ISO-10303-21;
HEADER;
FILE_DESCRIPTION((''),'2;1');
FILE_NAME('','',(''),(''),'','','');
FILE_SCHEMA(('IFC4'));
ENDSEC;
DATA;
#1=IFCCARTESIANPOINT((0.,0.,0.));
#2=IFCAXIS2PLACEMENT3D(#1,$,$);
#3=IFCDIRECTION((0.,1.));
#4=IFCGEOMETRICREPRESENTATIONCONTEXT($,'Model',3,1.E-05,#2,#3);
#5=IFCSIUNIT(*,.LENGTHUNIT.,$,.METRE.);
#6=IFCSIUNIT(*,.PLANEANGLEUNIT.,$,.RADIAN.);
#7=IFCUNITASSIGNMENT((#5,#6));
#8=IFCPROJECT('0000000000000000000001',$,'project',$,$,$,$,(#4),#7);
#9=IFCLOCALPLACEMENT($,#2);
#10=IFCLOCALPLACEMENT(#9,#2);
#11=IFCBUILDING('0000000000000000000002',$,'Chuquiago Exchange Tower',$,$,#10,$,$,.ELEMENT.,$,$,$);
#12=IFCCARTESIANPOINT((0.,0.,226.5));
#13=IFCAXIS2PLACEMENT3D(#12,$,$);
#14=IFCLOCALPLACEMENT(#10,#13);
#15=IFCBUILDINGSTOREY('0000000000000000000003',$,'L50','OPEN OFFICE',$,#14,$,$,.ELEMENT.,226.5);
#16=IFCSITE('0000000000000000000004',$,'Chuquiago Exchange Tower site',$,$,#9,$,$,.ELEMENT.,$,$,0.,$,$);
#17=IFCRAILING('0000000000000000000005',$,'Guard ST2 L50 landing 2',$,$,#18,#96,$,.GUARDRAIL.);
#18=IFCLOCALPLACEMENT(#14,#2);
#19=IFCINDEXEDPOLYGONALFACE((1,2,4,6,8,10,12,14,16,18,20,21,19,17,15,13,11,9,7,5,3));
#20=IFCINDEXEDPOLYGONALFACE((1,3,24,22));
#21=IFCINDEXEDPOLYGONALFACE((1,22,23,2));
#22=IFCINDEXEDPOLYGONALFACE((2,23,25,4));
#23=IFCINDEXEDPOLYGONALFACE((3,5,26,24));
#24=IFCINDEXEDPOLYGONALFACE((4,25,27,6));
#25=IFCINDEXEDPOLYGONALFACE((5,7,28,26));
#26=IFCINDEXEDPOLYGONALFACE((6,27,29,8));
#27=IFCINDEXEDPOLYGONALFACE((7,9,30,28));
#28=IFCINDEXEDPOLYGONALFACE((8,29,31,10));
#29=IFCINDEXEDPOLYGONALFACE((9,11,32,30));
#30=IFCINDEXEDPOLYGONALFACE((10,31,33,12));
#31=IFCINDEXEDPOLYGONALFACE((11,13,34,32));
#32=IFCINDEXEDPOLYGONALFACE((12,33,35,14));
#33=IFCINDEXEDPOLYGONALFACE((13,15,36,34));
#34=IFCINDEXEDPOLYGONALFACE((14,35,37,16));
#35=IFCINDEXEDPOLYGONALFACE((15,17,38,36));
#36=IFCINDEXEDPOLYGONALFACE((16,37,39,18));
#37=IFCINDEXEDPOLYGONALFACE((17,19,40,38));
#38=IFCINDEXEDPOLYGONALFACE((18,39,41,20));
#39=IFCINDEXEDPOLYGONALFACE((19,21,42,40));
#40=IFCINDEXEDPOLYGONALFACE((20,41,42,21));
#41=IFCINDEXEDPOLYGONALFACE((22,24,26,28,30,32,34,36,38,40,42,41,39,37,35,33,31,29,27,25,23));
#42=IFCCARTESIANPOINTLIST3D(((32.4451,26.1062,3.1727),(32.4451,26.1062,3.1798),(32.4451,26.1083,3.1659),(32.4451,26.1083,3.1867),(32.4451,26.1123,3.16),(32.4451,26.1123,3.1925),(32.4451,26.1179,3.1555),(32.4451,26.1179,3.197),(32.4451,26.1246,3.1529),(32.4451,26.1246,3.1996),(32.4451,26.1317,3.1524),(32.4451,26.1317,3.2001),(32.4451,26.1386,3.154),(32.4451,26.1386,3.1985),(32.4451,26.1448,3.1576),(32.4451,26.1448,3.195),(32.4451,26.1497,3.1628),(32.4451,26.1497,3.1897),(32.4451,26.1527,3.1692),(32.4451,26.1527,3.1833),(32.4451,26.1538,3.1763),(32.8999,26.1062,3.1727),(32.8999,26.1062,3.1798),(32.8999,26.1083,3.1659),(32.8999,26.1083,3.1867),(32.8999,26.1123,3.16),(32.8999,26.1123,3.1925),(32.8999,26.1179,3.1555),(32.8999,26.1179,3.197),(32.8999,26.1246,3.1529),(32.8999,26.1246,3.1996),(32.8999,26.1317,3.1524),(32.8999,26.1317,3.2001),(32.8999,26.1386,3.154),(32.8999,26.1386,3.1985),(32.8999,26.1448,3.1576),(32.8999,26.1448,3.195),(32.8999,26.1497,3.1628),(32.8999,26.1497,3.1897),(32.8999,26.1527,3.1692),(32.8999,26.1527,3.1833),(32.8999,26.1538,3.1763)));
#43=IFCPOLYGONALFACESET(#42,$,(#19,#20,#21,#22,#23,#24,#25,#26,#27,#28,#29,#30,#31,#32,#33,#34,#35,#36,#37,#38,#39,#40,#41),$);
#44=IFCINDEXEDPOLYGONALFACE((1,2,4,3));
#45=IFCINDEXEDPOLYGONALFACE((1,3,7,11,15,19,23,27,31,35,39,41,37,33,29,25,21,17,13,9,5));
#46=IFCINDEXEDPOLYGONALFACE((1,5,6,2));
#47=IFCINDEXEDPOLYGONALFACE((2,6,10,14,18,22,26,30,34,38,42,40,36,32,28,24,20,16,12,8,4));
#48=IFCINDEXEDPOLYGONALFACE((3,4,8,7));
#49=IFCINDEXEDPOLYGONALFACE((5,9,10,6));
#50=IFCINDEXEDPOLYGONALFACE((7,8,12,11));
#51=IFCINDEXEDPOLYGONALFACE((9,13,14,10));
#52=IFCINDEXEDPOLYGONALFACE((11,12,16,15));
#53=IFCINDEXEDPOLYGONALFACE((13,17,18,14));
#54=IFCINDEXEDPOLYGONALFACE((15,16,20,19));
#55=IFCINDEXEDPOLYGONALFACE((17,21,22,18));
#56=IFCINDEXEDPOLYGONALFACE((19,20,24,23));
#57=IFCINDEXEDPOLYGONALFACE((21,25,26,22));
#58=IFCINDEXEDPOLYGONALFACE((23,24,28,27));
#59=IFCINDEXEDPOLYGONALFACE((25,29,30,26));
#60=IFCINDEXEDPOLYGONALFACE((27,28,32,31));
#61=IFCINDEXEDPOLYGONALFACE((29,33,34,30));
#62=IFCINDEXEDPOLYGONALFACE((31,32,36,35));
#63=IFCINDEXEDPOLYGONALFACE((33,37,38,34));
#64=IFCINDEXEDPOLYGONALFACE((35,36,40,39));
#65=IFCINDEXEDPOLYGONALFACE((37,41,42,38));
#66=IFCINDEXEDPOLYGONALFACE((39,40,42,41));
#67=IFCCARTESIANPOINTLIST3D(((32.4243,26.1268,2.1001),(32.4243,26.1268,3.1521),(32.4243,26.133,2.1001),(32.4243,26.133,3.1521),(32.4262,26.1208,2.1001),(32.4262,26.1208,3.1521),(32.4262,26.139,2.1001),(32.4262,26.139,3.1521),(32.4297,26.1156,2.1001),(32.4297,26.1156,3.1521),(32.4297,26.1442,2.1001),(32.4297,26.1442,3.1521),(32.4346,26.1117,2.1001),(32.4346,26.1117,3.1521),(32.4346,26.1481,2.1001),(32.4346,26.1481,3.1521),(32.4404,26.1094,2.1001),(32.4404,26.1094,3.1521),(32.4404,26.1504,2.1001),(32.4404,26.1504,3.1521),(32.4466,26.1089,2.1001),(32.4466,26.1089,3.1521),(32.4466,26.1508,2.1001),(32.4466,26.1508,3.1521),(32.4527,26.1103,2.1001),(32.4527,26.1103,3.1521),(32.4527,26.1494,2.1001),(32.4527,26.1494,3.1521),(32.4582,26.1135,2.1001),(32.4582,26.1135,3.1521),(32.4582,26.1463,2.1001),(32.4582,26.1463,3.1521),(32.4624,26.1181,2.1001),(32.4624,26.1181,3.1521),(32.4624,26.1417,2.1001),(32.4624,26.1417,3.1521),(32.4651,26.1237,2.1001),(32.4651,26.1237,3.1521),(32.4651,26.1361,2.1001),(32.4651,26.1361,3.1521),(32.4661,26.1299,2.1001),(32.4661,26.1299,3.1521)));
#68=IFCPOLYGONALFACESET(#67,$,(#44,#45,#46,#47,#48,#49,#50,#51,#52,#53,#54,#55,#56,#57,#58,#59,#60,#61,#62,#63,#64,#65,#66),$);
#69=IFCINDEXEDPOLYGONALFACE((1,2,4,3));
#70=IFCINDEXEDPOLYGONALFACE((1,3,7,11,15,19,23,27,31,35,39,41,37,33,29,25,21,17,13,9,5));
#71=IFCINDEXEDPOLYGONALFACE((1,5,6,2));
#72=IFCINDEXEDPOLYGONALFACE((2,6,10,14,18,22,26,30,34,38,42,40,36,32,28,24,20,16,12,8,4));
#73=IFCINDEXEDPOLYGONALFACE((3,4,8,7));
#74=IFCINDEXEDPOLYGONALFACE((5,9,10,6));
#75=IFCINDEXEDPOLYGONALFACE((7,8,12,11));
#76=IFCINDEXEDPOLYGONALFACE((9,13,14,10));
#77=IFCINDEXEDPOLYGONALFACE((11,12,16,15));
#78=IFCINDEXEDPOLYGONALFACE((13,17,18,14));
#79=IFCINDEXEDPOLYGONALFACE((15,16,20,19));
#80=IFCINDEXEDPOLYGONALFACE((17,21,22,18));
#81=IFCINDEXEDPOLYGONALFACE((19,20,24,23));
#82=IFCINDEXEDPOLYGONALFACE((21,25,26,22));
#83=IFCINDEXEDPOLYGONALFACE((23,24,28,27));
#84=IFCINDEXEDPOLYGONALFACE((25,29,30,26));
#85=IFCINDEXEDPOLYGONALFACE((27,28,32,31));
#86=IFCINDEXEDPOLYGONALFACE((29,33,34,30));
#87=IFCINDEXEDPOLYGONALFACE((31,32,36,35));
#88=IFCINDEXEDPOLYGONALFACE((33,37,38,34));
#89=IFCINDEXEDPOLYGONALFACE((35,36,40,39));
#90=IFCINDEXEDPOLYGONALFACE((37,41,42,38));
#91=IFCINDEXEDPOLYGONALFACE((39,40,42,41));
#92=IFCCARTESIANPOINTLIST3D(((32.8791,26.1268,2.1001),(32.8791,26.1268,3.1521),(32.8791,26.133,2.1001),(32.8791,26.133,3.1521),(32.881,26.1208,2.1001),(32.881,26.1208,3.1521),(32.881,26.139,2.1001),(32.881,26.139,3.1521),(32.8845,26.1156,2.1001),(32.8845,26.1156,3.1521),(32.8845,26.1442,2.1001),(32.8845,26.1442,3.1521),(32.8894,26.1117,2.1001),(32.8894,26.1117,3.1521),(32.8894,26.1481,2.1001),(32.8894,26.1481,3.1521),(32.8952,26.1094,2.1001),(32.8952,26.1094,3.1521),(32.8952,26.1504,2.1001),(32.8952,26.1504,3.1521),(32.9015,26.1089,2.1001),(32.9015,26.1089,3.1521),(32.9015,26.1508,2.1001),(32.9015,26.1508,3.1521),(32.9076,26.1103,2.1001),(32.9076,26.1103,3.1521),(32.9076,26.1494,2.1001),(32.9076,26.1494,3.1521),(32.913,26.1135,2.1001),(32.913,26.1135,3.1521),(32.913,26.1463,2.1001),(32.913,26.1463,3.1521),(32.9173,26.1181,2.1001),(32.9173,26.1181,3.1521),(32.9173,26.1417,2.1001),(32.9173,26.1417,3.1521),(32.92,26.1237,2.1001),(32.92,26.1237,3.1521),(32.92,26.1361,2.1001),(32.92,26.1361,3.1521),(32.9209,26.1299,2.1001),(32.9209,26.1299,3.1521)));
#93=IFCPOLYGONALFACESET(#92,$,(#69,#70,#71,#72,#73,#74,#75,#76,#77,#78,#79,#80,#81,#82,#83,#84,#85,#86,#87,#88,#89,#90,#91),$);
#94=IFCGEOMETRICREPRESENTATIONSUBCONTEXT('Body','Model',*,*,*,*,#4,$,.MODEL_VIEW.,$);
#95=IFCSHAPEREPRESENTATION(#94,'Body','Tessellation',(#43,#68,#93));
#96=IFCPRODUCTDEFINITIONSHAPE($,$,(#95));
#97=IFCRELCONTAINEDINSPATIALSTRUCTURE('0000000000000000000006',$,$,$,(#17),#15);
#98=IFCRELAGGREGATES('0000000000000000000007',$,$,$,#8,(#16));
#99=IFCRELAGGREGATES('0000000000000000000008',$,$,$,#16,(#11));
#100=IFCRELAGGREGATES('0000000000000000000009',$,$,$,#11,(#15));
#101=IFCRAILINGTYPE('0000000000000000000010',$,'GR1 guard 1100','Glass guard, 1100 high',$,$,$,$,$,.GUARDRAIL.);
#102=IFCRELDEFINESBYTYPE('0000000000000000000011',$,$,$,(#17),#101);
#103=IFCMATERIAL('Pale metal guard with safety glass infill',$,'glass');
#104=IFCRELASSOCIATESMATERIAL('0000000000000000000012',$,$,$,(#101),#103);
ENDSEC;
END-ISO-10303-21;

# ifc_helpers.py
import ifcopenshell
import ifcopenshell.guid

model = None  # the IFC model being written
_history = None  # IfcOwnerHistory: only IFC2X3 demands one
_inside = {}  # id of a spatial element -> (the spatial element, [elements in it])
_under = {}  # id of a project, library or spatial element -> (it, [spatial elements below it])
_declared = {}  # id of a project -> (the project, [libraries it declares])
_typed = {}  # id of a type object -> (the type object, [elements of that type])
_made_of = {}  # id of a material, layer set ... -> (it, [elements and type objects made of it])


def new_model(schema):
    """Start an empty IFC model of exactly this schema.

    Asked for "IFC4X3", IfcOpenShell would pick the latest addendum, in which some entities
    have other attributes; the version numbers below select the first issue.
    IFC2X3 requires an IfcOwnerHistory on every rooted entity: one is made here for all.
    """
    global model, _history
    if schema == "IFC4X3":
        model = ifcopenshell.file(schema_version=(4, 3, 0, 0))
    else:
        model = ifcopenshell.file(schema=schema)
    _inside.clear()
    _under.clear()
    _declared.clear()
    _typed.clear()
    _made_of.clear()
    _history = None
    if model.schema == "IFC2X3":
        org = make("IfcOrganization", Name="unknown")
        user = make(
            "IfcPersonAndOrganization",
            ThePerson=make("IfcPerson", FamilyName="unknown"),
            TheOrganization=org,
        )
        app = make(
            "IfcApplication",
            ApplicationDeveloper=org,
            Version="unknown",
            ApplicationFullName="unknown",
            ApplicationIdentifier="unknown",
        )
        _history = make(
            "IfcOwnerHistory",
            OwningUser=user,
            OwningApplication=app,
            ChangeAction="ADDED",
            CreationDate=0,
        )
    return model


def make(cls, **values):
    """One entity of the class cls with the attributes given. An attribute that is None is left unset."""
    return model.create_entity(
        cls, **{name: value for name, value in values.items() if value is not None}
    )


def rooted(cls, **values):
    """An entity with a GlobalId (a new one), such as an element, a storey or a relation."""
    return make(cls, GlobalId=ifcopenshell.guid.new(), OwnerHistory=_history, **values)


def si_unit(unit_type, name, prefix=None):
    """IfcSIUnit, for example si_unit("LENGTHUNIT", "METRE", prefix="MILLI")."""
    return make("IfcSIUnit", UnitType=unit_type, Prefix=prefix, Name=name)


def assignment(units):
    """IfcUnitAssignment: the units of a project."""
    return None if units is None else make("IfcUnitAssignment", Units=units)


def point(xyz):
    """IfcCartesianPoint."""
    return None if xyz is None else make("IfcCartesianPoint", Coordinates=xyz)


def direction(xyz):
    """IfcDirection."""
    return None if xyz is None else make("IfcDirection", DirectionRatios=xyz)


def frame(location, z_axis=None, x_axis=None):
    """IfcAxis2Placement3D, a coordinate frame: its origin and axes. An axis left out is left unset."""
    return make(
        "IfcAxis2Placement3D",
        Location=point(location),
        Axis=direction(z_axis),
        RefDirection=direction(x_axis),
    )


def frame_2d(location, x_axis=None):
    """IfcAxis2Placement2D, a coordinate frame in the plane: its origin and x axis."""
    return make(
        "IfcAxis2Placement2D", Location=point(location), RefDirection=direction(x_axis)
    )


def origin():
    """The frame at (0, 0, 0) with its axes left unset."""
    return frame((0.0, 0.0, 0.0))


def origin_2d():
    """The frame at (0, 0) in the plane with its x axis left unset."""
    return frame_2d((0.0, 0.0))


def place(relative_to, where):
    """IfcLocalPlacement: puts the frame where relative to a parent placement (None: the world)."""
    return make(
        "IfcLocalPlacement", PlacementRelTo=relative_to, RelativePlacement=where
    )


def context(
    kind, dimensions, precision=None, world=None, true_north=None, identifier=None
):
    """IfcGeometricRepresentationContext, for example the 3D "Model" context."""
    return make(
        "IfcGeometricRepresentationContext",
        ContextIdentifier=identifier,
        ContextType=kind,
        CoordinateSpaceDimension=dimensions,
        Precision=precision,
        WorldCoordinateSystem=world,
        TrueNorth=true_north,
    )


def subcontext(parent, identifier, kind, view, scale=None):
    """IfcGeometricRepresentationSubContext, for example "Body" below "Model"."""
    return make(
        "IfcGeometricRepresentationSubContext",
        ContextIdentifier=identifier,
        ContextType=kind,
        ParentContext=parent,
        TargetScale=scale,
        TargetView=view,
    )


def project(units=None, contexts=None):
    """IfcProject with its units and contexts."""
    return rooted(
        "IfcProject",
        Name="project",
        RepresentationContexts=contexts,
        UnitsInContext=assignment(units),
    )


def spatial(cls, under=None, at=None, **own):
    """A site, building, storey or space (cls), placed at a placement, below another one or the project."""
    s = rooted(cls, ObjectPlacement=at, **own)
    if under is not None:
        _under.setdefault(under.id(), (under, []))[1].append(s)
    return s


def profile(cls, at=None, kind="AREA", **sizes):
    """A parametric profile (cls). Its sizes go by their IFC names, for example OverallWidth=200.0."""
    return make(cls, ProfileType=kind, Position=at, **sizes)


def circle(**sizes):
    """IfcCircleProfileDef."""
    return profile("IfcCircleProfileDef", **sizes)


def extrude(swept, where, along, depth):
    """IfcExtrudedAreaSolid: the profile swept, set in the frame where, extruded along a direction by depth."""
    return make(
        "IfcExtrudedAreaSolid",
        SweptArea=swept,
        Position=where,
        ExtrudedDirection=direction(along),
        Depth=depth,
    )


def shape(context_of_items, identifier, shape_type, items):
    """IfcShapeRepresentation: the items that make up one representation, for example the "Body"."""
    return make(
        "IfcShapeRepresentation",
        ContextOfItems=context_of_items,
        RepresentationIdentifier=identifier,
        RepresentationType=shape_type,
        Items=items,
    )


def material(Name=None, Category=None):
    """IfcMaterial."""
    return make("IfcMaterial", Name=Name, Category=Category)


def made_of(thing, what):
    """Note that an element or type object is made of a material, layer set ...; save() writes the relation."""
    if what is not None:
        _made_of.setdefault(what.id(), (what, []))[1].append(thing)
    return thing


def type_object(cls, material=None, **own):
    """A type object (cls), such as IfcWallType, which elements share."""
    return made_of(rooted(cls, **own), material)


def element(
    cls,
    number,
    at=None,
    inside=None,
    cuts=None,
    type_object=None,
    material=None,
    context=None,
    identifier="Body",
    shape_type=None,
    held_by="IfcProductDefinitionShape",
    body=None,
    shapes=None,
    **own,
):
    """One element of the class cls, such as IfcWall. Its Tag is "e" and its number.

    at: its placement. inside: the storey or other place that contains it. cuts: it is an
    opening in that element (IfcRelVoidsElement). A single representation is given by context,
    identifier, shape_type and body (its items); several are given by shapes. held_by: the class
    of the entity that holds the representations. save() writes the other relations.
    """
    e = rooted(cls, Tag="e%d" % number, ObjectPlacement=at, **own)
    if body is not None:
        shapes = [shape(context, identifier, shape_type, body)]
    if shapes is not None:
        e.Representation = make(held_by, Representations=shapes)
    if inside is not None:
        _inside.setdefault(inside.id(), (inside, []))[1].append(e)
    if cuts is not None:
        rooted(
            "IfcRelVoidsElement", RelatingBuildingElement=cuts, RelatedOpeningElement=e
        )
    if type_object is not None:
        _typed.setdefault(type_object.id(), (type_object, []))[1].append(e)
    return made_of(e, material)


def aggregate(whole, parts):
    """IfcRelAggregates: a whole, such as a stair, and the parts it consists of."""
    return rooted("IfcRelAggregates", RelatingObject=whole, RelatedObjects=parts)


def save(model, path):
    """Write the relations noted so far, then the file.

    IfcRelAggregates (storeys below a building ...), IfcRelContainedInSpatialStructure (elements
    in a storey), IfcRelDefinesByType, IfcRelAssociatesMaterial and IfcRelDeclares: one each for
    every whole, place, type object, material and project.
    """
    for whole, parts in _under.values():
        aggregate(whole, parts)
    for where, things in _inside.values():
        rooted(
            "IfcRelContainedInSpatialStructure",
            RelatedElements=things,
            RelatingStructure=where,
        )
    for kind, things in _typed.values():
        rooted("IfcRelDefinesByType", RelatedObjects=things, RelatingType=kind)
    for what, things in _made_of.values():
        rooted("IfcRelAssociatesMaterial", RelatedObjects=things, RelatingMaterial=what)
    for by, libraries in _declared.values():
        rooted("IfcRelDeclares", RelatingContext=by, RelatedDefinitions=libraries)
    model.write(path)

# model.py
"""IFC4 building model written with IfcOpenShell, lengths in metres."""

from ifc_helpers import new_model, si_unit, direction, frame, origin, origin_2d, place, context, subcontext, project, spatial, circle, extrude, material, type_object, element, save


model = new_model("IFC4")

# Units and contexts
model_context = context("Model", 3, precision=1e-05, world=origin(), true_north=direction((0.0, 1.0)))
body_context = subcontext(model_context, "Body", "Model", "MODEL_VIEW")
ifc_project = project(units=[si_unit("LENGTHUNIT", "METRE"), si_unit("PLANEANGLEUNIT", "RADIAN")], contexts=[model_context])

# Site, building, storey
site_placement = place(None, origin())
site = spatial("IfcSite", under=ifc_project, at=site_placement, Name="Chuquiago Exchange Tower site", CompositionType="ELEMENT", RefElevation=0.0)
building_placement = place(site_placement, origin())
building = spatial("IfcBuilding", under=site, at=building_placement, Name="Chuquiago Exchange Tower", CompositionType="ELEMENT")
storey_placement = place(building_placement, frame((0.0, 0.0, 226.5)))
storey = spatial("IfcBuildingStorey", under=building, at=storey_placement, Name="L50", Description="OPEN OFFICE", CompositionType="ELEMENT", Elevation=226.5)

# Railing
ifc_material_1 = material(Name="Pale metal guard with safety glass infill", Category="glass")
railing_type_1 = type_object("IfcRailingType", Name="GR1 guard 1100", Description="Glass guard, 1100 high", PredefinedType="GUARDRAIL", material=ifc_material_1)
railing_1_placement = place(storey_placement, frame((32.4451, 26.1299, 2.1001)))
element("IfcRailing", 1, at=railing_1_placement, inside=storey, type_object=railing_type_1, Name="Guard ST2 L50 landing 2", PredefinedType="GUARDRAIL", context=body_context, shape_type="SweptSolid", body=[
    extrude(circle(Radius=0.0239, at=origin_2d()), frame((0.0, 0.0, 1.0762), z_axis=(1.0, 0.0, 0.0), x_axis=(0.0, 1.0, 0.0)), (0.0, 0.0, 1.0), 0.4548),
    extrude(circle(Radius=0.021, at=origin_2d()), origin(), (0.0, 0.0, 1.0), 1.052),
    extrude(circle(Radius=0.021, at=origin_2d()), frame((0.4548, 0.0, 0.0)), (0.0, 0.0, 1.0), 1.052),
])

save(model, "model.ifc")
